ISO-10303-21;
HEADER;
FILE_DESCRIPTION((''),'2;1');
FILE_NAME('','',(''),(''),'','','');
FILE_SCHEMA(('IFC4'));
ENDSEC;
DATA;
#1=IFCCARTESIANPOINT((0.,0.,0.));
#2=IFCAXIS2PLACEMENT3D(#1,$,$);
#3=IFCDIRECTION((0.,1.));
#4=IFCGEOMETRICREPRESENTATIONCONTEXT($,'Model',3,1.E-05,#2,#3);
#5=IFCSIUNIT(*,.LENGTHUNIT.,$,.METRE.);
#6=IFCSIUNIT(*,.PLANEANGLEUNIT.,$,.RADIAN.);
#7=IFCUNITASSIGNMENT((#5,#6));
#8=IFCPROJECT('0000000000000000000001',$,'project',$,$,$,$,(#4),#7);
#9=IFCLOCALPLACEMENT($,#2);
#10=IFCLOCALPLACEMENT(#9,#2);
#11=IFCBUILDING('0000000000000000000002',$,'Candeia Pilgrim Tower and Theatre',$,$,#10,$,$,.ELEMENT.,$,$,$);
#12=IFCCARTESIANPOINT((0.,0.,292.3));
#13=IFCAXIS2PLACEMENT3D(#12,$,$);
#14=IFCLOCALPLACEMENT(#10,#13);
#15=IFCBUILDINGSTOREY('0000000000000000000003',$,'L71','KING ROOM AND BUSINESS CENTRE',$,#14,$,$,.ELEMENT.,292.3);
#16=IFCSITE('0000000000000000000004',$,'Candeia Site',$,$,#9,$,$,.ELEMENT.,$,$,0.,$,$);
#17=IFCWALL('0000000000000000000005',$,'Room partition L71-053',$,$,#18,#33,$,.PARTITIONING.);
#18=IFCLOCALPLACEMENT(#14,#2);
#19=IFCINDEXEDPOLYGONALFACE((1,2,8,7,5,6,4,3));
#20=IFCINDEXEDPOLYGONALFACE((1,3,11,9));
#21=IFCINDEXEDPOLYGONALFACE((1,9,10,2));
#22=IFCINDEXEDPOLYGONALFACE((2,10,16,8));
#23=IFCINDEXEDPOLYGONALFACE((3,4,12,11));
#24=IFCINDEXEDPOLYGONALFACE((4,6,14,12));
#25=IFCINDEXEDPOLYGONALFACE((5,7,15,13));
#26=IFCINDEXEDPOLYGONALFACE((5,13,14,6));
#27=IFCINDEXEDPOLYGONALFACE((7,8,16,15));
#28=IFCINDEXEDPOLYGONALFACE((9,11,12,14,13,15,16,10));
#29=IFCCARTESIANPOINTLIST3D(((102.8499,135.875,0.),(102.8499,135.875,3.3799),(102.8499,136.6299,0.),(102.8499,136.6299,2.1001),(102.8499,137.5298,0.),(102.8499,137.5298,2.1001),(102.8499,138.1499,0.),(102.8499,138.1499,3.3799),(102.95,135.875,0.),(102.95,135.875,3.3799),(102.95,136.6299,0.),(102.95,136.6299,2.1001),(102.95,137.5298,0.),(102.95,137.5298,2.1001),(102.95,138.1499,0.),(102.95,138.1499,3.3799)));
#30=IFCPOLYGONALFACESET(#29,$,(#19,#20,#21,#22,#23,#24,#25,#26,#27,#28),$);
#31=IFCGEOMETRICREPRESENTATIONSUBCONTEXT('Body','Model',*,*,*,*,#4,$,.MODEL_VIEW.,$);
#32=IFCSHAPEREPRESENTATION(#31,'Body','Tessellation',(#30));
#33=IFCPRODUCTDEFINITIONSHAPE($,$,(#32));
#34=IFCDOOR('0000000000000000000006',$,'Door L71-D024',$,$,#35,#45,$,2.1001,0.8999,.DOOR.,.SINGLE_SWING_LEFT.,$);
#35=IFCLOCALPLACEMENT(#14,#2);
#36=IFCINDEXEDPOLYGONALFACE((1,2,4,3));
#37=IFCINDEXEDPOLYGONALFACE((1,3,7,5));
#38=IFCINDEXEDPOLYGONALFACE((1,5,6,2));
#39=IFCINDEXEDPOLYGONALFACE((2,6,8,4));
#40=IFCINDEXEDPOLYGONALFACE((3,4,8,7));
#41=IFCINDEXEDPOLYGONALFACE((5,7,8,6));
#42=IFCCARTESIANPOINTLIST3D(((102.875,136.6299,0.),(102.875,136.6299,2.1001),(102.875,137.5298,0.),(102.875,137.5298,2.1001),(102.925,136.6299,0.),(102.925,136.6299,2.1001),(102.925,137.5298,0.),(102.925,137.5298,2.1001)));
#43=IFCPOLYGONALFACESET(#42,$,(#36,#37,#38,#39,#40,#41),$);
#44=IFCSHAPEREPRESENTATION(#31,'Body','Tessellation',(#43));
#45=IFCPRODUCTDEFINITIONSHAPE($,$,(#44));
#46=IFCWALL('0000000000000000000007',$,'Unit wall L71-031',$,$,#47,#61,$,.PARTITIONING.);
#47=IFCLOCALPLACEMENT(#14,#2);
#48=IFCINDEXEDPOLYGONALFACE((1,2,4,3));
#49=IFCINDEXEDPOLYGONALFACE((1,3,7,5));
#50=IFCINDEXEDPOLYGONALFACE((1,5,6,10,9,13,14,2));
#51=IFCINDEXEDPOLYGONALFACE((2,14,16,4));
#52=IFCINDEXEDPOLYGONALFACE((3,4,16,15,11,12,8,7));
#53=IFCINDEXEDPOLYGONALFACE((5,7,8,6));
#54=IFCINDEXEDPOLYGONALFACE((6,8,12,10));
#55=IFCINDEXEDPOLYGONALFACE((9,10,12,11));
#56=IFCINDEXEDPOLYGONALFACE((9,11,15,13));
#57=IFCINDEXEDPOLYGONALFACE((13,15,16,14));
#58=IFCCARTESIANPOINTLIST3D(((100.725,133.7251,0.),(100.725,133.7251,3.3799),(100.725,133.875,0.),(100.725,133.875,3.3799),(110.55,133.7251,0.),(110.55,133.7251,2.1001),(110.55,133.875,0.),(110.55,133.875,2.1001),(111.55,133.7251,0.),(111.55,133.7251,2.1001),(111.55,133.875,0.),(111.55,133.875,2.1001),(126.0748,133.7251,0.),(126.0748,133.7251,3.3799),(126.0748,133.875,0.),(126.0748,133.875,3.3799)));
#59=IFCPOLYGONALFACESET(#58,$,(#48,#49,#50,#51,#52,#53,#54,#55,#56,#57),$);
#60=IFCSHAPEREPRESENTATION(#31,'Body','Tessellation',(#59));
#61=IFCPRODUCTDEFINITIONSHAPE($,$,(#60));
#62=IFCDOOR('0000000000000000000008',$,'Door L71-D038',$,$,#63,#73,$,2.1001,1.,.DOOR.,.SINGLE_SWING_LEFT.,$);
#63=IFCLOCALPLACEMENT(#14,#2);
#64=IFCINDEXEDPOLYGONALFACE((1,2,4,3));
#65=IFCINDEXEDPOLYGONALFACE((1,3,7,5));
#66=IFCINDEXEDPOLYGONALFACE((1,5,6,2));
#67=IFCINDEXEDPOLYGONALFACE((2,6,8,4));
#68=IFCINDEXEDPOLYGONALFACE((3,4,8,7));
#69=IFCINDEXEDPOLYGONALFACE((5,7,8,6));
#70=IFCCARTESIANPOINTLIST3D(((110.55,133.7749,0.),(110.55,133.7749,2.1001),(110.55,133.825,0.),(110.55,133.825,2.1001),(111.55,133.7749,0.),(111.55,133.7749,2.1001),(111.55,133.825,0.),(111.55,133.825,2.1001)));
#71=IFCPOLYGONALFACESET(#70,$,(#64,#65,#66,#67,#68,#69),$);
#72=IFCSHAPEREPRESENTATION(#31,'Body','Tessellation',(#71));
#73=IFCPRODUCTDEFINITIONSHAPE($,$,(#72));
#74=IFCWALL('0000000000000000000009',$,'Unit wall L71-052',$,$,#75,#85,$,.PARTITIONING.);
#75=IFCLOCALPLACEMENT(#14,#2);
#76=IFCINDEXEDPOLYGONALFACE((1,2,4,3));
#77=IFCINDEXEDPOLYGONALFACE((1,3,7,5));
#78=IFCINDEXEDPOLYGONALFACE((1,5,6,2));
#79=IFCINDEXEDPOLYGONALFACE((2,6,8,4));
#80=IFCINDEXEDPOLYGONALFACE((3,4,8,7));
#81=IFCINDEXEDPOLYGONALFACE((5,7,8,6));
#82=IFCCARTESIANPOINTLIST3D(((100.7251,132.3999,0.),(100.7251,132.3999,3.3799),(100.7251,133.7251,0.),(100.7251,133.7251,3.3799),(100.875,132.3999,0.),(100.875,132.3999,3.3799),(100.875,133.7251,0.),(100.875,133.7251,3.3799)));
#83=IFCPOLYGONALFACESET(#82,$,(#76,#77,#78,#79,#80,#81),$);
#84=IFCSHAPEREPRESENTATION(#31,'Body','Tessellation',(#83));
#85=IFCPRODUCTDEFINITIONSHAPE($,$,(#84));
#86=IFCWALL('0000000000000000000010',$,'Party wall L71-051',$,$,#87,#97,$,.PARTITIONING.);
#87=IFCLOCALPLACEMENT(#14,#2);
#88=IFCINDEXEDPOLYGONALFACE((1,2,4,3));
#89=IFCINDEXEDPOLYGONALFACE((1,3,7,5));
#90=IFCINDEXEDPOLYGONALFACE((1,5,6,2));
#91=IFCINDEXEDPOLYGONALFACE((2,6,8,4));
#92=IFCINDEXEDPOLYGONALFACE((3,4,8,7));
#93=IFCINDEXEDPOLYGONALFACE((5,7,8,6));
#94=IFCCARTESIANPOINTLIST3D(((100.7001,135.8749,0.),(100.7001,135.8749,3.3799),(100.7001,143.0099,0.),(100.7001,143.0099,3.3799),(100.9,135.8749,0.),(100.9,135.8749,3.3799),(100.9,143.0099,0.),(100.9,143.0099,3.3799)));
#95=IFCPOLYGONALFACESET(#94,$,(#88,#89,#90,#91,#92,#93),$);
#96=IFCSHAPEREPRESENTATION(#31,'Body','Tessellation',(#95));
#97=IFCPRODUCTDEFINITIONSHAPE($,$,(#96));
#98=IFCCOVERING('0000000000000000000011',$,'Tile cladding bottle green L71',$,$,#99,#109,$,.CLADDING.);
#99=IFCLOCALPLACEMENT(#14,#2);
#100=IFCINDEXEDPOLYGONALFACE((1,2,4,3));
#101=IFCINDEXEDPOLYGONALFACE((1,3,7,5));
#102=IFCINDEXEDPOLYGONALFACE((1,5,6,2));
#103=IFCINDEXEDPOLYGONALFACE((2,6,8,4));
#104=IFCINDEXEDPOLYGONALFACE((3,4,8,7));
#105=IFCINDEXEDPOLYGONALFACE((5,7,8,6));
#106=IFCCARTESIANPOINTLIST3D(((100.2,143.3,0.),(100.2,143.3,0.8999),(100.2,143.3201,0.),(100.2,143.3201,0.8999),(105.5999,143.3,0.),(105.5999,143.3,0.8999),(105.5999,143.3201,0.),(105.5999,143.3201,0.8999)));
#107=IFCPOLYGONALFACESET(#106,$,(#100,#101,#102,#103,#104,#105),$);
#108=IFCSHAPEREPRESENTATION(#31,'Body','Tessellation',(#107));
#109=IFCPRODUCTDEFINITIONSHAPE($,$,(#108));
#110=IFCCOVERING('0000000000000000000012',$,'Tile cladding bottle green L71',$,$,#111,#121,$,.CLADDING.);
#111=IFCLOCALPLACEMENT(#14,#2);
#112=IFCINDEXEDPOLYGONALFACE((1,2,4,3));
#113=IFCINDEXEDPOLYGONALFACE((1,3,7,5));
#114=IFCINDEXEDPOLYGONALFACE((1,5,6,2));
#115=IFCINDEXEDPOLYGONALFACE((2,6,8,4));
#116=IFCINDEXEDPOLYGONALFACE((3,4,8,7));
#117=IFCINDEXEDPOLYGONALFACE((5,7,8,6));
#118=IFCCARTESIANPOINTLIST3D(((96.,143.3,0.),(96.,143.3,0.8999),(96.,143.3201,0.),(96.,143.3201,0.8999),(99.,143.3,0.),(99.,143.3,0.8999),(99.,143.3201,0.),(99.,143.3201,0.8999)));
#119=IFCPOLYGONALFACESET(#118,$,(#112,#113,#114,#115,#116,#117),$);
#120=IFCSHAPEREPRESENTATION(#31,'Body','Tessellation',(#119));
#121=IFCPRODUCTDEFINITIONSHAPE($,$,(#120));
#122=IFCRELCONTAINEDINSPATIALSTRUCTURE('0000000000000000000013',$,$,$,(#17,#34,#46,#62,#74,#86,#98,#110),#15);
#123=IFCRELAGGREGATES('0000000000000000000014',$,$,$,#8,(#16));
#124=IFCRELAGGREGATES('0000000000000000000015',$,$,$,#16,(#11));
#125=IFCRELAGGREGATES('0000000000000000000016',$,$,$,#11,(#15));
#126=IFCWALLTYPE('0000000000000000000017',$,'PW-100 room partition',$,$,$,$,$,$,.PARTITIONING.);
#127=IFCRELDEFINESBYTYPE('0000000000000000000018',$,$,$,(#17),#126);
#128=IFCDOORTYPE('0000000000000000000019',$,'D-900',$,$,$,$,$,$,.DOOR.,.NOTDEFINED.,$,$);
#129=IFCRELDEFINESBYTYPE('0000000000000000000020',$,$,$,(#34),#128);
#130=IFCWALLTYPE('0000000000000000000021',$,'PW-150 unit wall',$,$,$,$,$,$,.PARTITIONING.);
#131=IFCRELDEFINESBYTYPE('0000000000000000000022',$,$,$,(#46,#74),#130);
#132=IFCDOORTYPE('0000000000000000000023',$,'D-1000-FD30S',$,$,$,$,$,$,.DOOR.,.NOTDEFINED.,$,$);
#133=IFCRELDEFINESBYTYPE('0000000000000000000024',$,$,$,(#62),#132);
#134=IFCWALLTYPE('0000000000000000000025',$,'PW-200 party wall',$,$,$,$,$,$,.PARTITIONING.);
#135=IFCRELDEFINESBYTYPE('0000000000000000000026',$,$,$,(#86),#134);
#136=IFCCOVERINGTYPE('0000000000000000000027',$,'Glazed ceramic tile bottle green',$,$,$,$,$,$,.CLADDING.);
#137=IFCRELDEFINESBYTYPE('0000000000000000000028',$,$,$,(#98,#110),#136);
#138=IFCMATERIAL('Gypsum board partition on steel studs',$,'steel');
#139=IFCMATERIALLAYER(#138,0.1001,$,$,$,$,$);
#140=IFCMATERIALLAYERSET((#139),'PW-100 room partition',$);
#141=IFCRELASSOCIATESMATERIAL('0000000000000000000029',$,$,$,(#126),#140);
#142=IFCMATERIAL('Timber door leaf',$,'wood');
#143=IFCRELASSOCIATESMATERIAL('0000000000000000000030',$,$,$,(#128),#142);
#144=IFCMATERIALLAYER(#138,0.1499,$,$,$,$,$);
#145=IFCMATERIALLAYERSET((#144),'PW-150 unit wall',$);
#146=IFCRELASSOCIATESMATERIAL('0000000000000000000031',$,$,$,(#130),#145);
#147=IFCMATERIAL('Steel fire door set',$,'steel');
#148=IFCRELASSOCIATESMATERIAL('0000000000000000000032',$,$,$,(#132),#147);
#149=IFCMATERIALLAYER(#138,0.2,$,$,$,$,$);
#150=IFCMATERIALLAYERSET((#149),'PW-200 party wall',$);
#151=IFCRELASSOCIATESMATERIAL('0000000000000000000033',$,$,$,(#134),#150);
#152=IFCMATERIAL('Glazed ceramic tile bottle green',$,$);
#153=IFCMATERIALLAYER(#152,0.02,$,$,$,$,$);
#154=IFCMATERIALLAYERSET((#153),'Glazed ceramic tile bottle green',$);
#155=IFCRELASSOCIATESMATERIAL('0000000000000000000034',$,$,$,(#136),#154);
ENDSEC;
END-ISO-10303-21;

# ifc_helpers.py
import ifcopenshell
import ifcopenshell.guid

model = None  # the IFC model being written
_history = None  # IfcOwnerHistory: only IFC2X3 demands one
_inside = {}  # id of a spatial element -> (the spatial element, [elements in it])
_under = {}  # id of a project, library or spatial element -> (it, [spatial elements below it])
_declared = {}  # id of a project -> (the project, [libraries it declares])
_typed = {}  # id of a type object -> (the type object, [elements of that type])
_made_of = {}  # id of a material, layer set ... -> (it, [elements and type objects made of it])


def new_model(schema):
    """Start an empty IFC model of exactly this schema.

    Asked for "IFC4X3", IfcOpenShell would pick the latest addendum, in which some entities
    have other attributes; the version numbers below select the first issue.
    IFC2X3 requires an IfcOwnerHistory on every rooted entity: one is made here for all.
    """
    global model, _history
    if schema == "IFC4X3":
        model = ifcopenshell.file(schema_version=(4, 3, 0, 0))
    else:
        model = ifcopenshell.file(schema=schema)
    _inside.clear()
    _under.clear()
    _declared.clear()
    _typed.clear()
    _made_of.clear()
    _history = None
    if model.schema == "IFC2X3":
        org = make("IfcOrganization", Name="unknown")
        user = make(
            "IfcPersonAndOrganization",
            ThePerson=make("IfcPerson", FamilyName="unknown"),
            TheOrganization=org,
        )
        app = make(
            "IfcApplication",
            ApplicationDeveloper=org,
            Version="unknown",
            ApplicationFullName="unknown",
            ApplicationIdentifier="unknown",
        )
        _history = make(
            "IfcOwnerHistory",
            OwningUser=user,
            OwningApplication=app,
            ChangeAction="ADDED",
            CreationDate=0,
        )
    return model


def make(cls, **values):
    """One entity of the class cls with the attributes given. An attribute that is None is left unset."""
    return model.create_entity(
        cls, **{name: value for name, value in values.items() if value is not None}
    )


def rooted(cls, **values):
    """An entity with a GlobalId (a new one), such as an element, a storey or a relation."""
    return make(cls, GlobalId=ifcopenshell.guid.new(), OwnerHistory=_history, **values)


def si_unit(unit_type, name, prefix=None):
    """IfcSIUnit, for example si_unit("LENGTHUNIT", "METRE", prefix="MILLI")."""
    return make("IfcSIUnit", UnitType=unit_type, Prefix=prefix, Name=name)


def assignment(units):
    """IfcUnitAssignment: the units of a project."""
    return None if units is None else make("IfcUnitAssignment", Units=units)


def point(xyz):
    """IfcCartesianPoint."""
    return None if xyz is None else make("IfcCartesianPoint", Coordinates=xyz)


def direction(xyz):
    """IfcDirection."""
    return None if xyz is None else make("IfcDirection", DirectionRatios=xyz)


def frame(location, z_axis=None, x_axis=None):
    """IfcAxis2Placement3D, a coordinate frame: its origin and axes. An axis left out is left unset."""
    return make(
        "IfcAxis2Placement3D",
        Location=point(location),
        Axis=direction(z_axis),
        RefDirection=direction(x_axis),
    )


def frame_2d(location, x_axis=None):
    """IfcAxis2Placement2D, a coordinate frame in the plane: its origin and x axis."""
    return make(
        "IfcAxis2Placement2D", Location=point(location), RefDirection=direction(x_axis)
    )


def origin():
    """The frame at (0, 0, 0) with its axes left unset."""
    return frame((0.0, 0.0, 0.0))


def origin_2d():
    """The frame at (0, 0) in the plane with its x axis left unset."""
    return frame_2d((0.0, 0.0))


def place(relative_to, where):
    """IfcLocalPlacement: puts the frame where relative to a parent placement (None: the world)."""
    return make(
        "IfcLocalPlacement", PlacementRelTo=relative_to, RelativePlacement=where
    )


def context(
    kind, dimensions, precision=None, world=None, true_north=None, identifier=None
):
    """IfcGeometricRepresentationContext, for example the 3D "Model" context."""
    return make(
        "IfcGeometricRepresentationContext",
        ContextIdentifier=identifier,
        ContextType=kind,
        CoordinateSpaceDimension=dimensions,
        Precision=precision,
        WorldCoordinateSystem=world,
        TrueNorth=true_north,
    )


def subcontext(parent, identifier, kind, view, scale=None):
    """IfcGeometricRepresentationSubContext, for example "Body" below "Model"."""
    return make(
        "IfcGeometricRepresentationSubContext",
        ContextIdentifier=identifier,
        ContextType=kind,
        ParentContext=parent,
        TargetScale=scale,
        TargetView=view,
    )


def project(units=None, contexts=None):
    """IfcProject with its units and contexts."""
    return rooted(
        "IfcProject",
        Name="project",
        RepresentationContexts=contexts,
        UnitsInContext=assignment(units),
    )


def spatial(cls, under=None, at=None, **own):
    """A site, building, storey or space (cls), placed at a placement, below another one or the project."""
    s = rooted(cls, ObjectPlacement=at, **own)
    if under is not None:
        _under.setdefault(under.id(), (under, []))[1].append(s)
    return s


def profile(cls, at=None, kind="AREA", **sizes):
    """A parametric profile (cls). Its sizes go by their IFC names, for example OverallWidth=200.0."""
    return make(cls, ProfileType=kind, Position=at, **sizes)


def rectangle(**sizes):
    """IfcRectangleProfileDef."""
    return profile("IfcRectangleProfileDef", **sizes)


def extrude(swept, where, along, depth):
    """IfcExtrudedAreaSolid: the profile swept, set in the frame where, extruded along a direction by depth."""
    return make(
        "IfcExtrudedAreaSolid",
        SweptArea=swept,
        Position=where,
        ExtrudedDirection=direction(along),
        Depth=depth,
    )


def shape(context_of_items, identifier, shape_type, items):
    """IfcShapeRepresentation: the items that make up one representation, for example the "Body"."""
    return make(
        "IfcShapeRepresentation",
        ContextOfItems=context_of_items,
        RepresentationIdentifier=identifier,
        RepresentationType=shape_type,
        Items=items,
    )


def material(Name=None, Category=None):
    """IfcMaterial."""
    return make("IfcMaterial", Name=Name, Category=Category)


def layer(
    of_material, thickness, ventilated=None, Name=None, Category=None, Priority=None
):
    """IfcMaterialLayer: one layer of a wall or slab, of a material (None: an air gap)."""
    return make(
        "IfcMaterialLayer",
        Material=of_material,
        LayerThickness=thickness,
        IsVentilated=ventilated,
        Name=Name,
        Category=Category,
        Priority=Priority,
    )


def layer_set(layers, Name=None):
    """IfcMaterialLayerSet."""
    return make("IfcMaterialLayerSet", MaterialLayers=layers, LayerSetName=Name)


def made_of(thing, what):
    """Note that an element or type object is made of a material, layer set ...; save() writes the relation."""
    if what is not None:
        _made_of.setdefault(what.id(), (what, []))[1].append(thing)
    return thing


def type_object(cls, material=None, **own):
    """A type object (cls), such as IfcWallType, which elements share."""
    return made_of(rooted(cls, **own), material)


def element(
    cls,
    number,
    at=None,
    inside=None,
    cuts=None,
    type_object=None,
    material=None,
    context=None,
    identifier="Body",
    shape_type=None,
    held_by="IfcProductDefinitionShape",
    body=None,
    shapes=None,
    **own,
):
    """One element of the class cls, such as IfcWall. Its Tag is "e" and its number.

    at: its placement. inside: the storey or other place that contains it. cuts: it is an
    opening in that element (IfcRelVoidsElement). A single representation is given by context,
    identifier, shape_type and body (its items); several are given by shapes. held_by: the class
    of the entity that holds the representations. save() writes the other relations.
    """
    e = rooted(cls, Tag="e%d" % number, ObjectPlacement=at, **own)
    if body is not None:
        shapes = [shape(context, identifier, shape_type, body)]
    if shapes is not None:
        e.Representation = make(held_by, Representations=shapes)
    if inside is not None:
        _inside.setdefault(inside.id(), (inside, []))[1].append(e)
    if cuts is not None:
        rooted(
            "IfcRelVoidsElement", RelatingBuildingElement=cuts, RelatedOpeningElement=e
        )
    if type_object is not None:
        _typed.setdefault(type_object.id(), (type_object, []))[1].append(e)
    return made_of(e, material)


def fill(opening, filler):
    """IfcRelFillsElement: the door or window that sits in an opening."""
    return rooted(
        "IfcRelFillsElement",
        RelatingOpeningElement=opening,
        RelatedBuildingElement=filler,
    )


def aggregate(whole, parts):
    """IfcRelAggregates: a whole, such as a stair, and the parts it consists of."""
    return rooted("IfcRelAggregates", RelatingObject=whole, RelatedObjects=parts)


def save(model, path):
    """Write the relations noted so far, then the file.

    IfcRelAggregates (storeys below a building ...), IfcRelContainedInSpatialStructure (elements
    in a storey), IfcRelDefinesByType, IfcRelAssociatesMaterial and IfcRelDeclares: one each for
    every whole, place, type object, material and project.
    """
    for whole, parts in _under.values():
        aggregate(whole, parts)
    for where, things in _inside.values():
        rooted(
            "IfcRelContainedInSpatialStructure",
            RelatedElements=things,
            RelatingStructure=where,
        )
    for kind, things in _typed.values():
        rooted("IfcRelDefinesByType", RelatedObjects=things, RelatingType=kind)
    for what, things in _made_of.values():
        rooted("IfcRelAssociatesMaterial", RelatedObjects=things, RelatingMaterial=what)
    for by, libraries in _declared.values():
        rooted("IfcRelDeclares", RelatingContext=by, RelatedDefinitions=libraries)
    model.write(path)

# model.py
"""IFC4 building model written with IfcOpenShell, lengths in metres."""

from ifc_helpers import new_model, si_unit, direction, frame, frame_2d, origin, origin_2d, place, context, subcontext, project, spatial, rectangle, extrude, material, layer, layer_set, type_object, element, fill, save


model = new_model("IFC4")

# Units and contexts
model_context = context("Model", 3, precision=1e-05, world=origin(), true_north=direction((0.0, 1.0)))
body_context = subcontext(model_context, "Body", "Model", "MODEL_VIEW")
ifc_project = project(units=[si_unit("LENGTHUNIT", "METRE"), si_unit("PLANEANGLEUNIT", "RADIAN")], contexts=[model_context])

# Site, building, storey
site_placement = place(None, origin())
site = spatial("IfcSite", under=ifc_project, at=site_placement, Name="Candeia Site", CompositionType="ELEMENT", RefElevation=0.0)
building_placement = place(site_placement, origin())
building = spatial("IfcBuilding", under=site, at=building_placement, Name="Candeia Pilgrim Tower and Theatre", CompositionType="ELEMENT")
storey_placement = place(building_placement, frame((0.0, 0.0, 292.3)))
storey = spatial("IfcBuildingStorey", under=building, at=storey_placement, Name="L71", Description="KING ROOM AND BUSINESS CENTRE", CompositionType="ELEMENT", Elevation=292.3)

# Shared definitions
ifc_material_1 = material(Name="Steel fire door set", Category="steel")

# Shared definitions
ifc_material_2 = material(Name="Gypsum board partition on steel studs", Category="steel")
ifc_layer_1 = layer(ifc_material_2, 0.1001)
ifc_layer_set_1 = layer_set([ifc_layer_1], Name="PW-100 room partition")
wall_type_1 = type_object("IfcWallType", Name="PW-100 room partition", PredefinedType="PARTITIONING", material=ifc_layer_set_1)

# Walls, openings, doors
ifc_material_3 = material(Name="Timber door leaf", Category="wood")
door_type_1 = type_object("IfcDoorType", Name="D-900", OperationType="NOTDEFINED", PredefinedType="DOOR", material=ifc_material_3)
wall_1_placement = place(storey_placement, frame((102.8999, 135.875, 0.0), z_axis=(0.0, 0.0, 1.0), x_axis=(0.0, 1.0, 0.0)))
wall_1 = element("IfcWall", 1, at=wall_1_placement, inside=storey, type_object=wall_type_1, Name="Room partition L71-053", PredefinedType="PARTITIONING", context=body_context, shape_type="SweptSolid", body=[
    extrude(rectangle(XDim=2.2749, YDim=0.1001, at=frame_2d((1.1375, 0.0))), origin(), (0.0, 0.0, 1.0), 3.3799),
])
opening_1_placement = place(wall_1_placement, frame((0.7549, 0.0, 0.0)))
opening_1 = element("IfcOpeningElement", 2, at=opening_1_placement, cuts=wall_1, PredefinedType="OPENING", context=body_context, shape_type="SweptSolid", body=[
    extrude(rectangle(XDim=0.8999, YDim=2.1001, at=frame_2d((0.45, 1.05))), frame((0.0, 0.0601, 0.0), z_axis=(0.0, -1.0, 0.0), x_axis=(1.0, 0.0, 0.0)), (0.0, 0.0, 1.0), 0.1201),
])
door_1_placement = place(opening_1_placement, origin())
door_1 = element("IfcDoor", 3, at=door_1_placement, inside=storey, type_object=door_type_1, Name="Door L71-D024", OperationType="SINGLE_SWING_LEFT", OverallHeight=2.1001, OverallWidth=0.8999, PredefinedType="DOOR", context=body_context, shape_type="SweptSolid", body=[
    extrude(rectangle(XDim=0.8999, YDim=2.1001, at=frame_2d((0.45, 1.05))), frame((0.0, 0.0249, 0.0), z_axis=(0.0, -1.0, 0.0), x_axis=(1.0, 0.0, 0.0)), (0.0, 0.0, 1.0), 0.05),
])
fill(opening_1, door_1)
ifc_layer_2 = layer(ifc_material_2, 0.1499)
ifc_layer_set_2 = layer_set([ifc_layer_2], Name="PW-150 unit wall")
wall_type_2 = type_object("IfcWallType", Name="PW-150 unit wall", PredefinedType="PARTITIONING", material=ifc_layer_set_2)
wall_2_placement = place(storey_placement, frame((100.7251, 133.8, 0.0), z_axis=(0.0, 0.0, 1.0), x_axis=(1.0, 0.0, 0.0)))
wall_2 = element("IfcWall", 4, at=wall_2_placement, inside=storey, type_object=wall_type_2, Name="Unit wall L71-031", PredefinedType="PARTITIONING", context=body_context, shape_type="SweptSolid", body=[
    extrude(rectangle(XDim=25.3499, YDim=0.1499, at=frame_2d((12.6748, 0.0))), origin(), (0.0, 0.0, 1.0), 3.3799),
])
opening_2_placement = place(wall_2_placement, frame((9.825, 0.0, 0.0)))
opening_2 = element("IfcOpeningElement", 5, at=opening_2_placement, cuts=wall_2, PredefinedType="OPENING", context=body_context, shape_type="SweptSolid", body=[
    extrude(rectangle(XDim=1.0, YDim=2.1001, at=frame_2d((0.5, 1.05))), frame((0.0, 0.085, 0.0), z_axis=(0.0, -1.0, 0.0), x_axis=(1.0, 0.0, 0.0)), (0.0, 0.0, 1.0), 0.1699),
])
door_type_2 = type_object("IfcDoorType", Name="D-1000-FD30S", OperationType="NOTDEFINED", PredefinedType="DOOR", material=ifc_material_1)
door_2_placement = place(opening_2_placement, origin())
door_2 = element("IfcDoor", 6, at=door_2_placement, inside=storey, type_object=door_type_2, Name="Door L71-D038", OperationType="SINGLE_SWING_LEFT", OverallHeight=2.1001, OverallWidth=1.0, PredefinedType="DOOR", context=body_context, shape_type="SweptSolid", body=[
    extrude(rectangle(XDim=1.0, YDim=2.1001, at=frame_2d((0.5, 1.05))), frame((0.0, 0.0249, 0.0), z_axis=(0.0, -1.0, 0.0), x_axis=(1.0, 0.0, 0.0)), (0.0, 0.0, 1.0), 0.05),
])
fill(opening_2, door_2)

# Walls
wall_3_placement = place(storey_placement, frame((100.8, 132.3999, 0.0), z_axis=(0.0, 0.0, 1.0), x_axis=(0.0, 1.0, 0.0)))
element("IfcWall", 7, at=wall_3_placement, inside=storey, type_object=wall_type_2, Name="Unit wall L71-052", PredefinedType="PARTITIONING", context=body_context, shape_type="SweptSolid", body=[
    extrude(rectangle(XDim=1.3252, YDim=0.1499, at=frame_2d((0.6626, 0.0))), origin(), (0.0, 0.0, 1.0), 3.3799),
])
ifc_layer_3 = layer(ifc_material_2, 0.2)
ifc_layer_set_3 = layer_set([ifc_layer_3], Name="PW-200 party wall")
wall_type_3 = type_object("IfcWallType", Name="PW-200 party wall", PredefinedType="PARTITIONING", material=ifc_layer_set_3)
wall_4_placement = place(storey_placement, frame((100.8, 135.875, 0.0), z_axis=(0.0, 0.0, 1.0), x_axis=(0.0, 1.0, 0.0)))
element("IfcWall", 8, at=wall_4_placement, inside=storey, type_object=wall_type_3, Name="Party wall L71-051", PredefinedType="PARTITIONING", context=body_context, shape_type="SweptSolid", body=[
    extrude(rectangle(XDim=7.135, YDim=0.2, at=frame_2d((3.5674, 0.0))), origin(), (0.0, 0.0, 1.0), 3.3799),
])

# Coverings
ifc_material_4 = material(Name="Glazed ceramic tile bottle green")
ifc_layer_4 = layer(ifc_material_4, 0.02)
ifc_layer_set_4 = layer_set([ifc_layer_4], Name="Glazed ceramic tile bottle green")
covering_type = type_object("IfcCoveringType", Name="Glazed ceramic tile bottle green", PredefinedType="CLADDING", material=ifc_layer_set_4)
covering_1_placement = place(storey_placement, frame((102.8999, 143.3101, 0.0), z_axis=(0.0, 0.0, 1.0), x_axis=(-1.0, 0.0, 0.0)))
element("IfcCovering", 9, at=covering_1_placement, inside=storey, type_object=covering_type, Name="Tile cladding bottle green L71", PredefinedType="CLADDING", context=body_context, shape_type="SweptSolid", body=[
    extrude(rectangle(XDim=5.3999, YDim=0.02, at=origin_2d()), origin(), (0.0, 0.0, 1.0), 0.8999),
])
covering_2_placement = place(storey_placement, frame((97.5, 143.3101, 0.0), z_axis=(0.0, 0.0, 1.0), x_axis=(-1.0, 0.0, 0.0)))
element("IfcCovering", 10, at=covering_2_placement, inside=storey, type_object=covering_type, Name="Tile cladding bottle green L71", PredefinedType="CLADDING", context=body_context, shape_type="SweptSolid", body=[
    extrude(rectangle(XDim=3.0, YDim=0.02, at=origin_2d()), origin(), (0.0, 0.0, 1.0), 0.8999),
])

save(model, "model.ifc")
